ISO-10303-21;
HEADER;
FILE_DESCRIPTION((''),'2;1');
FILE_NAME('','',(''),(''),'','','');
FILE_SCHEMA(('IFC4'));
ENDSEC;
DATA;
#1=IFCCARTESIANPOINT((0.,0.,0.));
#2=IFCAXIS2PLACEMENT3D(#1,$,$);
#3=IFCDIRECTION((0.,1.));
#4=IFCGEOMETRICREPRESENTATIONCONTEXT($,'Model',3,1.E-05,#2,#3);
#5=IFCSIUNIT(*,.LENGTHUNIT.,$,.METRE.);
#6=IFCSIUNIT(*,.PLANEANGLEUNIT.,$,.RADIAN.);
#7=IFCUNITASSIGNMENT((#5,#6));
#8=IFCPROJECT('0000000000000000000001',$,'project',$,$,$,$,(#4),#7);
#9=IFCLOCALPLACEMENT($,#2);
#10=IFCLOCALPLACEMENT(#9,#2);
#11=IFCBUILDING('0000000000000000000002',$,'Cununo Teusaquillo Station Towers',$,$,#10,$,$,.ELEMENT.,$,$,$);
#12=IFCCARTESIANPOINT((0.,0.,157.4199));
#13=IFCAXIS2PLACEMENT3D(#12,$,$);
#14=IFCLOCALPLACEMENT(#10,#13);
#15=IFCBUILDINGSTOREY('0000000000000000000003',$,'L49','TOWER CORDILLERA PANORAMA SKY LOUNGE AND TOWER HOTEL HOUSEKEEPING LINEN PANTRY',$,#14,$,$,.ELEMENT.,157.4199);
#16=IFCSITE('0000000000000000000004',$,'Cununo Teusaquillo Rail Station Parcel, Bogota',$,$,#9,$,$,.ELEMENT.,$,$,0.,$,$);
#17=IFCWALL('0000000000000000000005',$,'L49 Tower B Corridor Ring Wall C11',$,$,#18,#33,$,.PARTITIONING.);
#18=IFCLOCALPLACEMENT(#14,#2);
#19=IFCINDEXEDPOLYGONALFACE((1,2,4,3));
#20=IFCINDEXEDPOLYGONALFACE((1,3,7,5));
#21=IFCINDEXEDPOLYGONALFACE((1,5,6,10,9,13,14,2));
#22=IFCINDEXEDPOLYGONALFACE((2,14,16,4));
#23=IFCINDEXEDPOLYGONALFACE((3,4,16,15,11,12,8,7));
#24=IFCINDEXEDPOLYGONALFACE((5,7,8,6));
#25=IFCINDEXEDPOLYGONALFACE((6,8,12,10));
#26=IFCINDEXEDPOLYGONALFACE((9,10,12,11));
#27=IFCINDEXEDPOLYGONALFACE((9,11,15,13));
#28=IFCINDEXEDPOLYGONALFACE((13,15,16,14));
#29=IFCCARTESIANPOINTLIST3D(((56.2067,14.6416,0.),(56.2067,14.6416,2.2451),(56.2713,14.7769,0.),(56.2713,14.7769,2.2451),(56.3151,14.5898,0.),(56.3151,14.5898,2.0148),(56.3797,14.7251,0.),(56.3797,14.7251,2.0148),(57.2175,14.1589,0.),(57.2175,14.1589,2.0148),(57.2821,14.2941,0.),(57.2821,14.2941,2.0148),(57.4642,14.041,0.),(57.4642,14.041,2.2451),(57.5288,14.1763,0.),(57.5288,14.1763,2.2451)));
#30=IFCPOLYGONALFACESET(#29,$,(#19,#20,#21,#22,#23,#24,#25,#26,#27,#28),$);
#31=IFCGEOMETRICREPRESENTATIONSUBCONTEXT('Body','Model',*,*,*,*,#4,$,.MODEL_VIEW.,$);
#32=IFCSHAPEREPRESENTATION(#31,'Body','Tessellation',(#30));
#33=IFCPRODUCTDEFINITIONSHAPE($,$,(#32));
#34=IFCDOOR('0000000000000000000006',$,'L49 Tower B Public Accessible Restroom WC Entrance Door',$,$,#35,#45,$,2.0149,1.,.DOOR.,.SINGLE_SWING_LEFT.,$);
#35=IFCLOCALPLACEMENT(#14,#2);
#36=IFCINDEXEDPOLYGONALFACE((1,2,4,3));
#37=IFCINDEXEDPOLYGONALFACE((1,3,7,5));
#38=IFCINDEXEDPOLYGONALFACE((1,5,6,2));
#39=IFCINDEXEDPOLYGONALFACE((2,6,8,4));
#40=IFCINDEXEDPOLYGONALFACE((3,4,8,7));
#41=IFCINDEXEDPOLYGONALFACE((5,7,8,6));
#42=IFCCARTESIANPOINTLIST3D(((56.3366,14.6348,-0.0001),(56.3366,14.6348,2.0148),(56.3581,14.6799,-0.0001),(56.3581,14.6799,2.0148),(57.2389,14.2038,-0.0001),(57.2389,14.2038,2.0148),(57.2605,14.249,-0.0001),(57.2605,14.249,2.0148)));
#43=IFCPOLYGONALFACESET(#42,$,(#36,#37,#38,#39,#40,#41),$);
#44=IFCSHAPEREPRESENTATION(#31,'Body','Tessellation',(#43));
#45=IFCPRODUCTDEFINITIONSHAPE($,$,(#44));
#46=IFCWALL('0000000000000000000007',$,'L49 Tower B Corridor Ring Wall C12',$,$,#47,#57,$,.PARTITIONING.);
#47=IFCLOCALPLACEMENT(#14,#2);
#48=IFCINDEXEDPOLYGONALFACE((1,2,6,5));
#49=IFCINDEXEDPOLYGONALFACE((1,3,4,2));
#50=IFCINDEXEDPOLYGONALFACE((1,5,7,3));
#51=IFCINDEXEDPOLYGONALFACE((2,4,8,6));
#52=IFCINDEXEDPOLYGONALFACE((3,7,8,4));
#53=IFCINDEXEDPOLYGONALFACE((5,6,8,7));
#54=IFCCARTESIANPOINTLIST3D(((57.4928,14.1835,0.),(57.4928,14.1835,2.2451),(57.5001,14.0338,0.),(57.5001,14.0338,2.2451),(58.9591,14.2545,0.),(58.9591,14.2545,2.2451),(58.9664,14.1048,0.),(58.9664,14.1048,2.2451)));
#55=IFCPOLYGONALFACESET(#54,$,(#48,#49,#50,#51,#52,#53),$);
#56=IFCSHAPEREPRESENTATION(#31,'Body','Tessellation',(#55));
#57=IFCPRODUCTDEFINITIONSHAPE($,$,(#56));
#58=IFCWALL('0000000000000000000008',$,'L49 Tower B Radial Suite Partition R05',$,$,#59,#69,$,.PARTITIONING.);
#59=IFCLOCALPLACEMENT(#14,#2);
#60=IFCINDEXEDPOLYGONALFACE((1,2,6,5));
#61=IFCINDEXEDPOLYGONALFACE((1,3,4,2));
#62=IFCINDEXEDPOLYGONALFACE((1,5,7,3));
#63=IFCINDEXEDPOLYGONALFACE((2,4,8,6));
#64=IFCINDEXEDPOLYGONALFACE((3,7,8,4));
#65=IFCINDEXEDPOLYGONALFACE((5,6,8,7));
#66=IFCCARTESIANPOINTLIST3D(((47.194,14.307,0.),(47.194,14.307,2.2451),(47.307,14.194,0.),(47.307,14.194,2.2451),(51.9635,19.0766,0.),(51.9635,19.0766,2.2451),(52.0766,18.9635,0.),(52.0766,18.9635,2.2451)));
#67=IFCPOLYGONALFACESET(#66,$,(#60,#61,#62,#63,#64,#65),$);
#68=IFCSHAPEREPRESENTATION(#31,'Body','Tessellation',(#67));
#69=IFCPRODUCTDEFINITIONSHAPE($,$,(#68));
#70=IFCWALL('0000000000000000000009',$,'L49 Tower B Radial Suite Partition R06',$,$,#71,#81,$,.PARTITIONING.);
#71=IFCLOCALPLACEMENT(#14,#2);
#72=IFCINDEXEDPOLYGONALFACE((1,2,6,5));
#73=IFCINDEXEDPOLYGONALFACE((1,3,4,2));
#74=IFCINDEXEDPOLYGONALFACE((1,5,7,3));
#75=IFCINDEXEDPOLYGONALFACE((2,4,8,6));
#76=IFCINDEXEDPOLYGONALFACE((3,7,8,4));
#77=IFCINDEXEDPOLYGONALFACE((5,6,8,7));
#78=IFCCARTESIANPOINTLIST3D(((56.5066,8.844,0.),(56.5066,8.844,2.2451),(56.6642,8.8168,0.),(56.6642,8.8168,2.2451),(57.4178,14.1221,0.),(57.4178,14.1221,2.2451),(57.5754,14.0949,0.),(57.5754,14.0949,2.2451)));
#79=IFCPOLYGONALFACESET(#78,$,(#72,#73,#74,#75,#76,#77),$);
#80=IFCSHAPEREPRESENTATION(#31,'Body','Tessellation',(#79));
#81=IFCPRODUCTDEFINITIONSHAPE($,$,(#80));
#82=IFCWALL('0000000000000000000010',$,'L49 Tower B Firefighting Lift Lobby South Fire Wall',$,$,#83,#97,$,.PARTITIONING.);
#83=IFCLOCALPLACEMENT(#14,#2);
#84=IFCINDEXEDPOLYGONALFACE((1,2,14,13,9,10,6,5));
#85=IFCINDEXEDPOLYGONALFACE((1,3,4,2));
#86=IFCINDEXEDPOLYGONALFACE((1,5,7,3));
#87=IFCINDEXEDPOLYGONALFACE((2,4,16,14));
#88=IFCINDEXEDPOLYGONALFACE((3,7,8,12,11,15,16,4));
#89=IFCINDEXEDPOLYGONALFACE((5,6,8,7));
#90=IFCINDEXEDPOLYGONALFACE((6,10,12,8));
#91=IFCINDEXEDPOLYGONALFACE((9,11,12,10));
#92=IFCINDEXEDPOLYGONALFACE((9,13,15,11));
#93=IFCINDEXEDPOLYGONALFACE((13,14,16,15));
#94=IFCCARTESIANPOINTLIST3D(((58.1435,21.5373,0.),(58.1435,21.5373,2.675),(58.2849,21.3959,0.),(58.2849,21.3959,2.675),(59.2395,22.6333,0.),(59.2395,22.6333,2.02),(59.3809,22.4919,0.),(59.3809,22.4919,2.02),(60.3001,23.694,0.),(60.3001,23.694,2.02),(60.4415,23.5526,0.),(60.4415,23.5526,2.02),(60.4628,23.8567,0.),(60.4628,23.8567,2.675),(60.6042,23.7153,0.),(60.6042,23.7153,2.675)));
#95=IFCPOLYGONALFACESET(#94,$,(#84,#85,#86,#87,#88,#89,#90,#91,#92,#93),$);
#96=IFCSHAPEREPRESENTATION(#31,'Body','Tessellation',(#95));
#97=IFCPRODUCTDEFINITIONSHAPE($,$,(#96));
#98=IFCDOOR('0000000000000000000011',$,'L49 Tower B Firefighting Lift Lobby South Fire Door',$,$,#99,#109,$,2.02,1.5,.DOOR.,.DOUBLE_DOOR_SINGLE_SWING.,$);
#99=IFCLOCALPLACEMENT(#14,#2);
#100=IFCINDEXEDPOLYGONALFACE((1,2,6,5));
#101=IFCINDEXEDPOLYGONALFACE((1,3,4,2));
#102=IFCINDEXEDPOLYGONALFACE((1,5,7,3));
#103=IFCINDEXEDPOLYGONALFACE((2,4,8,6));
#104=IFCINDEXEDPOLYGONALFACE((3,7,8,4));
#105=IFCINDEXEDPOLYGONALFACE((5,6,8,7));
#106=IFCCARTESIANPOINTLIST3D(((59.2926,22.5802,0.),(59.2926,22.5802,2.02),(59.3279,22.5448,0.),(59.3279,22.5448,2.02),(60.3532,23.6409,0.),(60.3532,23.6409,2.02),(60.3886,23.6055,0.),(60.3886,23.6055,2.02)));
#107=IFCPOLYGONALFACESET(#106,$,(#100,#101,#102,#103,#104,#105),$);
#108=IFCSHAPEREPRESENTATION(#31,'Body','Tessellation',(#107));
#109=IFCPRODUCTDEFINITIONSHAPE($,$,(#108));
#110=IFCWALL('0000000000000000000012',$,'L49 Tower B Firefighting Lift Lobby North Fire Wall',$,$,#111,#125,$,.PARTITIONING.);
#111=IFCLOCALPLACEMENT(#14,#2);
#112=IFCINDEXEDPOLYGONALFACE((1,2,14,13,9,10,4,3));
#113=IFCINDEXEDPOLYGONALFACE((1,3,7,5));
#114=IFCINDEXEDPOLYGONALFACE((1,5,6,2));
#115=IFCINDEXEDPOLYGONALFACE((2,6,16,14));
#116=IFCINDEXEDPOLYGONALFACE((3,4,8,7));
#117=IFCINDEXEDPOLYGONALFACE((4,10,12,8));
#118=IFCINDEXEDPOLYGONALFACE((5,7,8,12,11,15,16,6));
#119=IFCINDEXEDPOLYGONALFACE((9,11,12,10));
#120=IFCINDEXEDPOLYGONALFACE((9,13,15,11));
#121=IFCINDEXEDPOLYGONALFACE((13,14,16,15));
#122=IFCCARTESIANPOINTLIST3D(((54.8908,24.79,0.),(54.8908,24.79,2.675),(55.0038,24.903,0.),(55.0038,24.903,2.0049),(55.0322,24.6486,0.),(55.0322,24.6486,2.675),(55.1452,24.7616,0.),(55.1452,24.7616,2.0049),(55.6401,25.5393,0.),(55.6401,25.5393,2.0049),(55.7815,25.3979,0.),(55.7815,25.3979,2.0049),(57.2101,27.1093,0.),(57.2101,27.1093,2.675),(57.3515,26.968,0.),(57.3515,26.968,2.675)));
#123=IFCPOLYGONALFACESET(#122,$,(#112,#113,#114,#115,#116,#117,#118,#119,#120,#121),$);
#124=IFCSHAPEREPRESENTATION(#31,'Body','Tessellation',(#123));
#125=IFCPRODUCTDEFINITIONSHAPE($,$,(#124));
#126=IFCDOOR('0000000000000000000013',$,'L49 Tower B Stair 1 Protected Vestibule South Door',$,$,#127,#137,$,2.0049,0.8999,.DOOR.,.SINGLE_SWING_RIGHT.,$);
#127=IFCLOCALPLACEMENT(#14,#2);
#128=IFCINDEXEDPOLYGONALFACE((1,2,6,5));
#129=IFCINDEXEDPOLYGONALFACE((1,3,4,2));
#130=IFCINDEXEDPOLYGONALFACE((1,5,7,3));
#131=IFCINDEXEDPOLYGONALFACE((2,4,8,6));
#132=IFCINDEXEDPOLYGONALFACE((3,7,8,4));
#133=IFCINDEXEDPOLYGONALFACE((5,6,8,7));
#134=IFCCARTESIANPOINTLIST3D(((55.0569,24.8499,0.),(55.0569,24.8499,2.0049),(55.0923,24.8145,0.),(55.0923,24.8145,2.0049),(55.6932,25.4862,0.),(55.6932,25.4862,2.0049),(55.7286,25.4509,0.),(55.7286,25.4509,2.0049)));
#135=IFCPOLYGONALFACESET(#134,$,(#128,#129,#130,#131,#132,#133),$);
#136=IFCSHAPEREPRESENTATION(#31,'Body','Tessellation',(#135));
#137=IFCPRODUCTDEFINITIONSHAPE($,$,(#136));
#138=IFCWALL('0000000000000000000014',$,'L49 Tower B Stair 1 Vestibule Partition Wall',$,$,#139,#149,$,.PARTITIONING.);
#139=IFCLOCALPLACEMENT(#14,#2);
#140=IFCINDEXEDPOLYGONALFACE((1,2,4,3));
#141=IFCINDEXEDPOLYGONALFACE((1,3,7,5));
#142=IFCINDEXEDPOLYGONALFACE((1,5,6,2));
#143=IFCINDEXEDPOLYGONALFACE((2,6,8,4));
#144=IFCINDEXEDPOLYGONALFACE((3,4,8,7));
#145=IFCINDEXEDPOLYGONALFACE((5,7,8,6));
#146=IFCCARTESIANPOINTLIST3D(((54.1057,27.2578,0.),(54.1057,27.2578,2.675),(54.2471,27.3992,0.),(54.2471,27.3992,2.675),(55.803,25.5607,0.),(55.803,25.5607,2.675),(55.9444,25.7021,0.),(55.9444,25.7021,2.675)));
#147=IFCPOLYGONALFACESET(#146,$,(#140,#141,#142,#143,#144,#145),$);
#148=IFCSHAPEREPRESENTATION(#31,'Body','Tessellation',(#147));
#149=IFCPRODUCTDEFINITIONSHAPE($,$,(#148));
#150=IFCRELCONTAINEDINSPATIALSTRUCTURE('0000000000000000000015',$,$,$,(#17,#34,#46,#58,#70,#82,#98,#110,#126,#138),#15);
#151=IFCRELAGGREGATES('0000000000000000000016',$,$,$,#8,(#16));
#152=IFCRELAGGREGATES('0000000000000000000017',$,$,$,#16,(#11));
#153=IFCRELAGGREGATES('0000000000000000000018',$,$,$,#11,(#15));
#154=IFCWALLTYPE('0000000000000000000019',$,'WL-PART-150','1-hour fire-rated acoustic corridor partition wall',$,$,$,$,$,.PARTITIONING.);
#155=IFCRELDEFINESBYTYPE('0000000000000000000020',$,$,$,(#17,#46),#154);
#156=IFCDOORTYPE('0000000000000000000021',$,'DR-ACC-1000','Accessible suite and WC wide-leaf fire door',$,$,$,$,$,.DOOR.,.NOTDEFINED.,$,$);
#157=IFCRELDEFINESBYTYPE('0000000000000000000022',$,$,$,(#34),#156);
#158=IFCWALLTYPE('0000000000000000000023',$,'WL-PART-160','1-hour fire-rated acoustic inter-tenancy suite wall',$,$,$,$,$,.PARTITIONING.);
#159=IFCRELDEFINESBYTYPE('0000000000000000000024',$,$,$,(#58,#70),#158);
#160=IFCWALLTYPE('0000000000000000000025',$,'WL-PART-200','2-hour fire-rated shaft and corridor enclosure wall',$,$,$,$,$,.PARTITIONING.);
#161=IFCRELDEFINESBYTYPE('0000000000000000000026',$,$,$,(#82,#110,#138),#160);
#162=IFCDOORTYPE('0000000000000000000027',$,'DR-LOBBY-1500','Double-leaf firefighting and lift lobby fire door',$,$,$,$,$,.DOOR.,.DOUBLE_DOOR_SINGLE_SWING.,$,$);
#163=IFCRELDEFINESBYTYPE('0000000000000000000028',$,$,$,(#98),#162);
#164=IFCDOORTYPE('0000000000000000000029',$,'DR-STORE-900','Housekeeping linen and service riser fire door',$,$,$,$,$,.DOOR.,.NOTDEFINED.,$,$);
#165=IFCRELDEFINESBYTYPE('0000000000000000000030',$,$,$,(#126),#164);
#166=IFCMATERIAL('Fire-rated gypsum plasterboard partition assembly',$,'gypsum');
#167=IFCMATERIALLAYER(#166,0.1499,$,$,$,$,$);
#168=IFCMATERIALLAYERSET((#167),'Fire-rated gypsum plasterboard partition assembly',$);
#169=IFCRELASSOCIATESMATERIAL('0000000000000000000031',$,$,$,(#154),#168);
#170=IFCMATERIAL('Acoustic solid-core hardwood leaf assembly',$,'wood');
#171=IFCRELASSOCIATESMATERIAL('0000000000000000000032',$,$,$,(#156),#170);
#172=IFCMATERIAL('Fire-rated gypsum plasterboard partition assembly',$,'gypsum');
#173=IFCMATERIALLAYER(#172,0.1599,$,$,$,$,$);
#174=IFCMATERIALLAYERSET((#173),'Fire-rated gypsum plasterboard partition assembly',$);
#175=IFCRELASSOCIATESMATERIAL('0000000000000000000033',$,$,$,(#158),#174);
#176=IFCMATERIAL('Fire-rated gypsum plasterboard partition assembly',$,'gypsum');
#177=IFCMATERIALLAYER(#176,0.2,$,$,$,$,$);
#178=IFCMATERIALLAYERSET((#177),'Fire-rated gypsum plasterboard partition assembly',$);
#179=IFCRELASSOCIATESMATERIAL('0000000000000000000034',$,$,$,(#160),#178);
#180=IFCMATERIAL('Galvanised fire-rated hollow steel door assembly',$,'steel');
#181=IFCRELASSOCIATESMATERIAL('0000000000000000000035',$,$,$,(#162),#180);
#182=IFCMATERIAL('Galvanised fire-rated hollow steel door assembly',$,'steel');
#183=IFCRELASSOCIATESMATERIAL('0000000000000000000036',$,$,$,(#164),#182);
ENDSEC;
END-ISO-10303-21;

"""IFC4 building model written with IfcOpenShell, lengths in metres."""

from ifc_helpers import new_model, si_unit, direction, frame, frame_2d, origin, place, context, subcontext, project, spatial, rectangle, extrude, source, transform, mapped, material, layer, layer_set, type_object, element, fill, save


model = new_model("IFC4")

# Units and contexts
model_context = context("Model", 3, precision=1e-05, world=origin(), true_north=direction((0.0, 1.0)))
body_context = subcontext(model_context, "Body", "Model", "MODEL_VIEW")
ifc_project = project(units=[si_unit("LENGTHUNIT", "METRE"), si_unit("PLANEANGLEUNIT", "RADIAN")], contexts=[model_context])

# Site, building, storey
site_placement = place(None, origin())
site = spatial("IfcSite", under=ifc_project, at=site_placement, Name="Cununo Teusaquillo Rail Station Parcel, Bogota", CompositionType="ELEMENT", RefElevation=0.0)
building_placement = place(site_placement, origin())
building = spatial("IfcBuilding", under=site, at=building_placement, Name="Cununo Teusaquillo Station Towers", CompositionType="ELEMENT")
storey_placement = place(building_placement, frame((0.0, 0.0, 157.4199)))
storey = spatial("IfcBuildingStorey", under=building, at=storey_placement, Name="L49", Description="TOWER CORDILLERA PANORAMA SKY LOUNGE AND TOWER HOTEL HOUSEKEEPING LINEN PANTRY", CompositionType="ELEMENT", Elevation=157.4199)

# Shared definitions
ifc_material_1 = material(Name="Fire-rated gypsum plasterboard partition assembly", Category="gypsum")
ifc_layer_1 = layer(ifc_material_1, 0.1499)
ifc_layer_set_1 = layer_set([ifc_layer_1], Name="Fire-rated gypsum plasterboard partition assembly")
wall_type_1 = type_object("IfcWallType", Name="WL-PART-150", Description="1-hour fire-rated acoustic corridor partition wall", PredefinedType="PARTITIONING", material=ifc_layer_set_1)

# Wall, opening, door
wall_1_placement = place(storey_placement, frame((56.239, 14.7092, 0.0), z_axis=(0.0, 0.0, 1.0), x_axis=(0.902374, -0.430953, 0.0)))
wall_1 = element("IfcWall", 1, at=wall_1_placement, inside=storey, type_object=wall_type_1, Name="L49 Tower B Corridor Ring Wall C11", PredefinedType="PARTITIONING", context=body_context, shape_type="SweptSolid", body=[
    extrude(rectangle(XDim=1.3936, YDim=0.1499, at=frame_2d((0.6968, 0.0))), origin(), (0.0, 0.0, 1.0), 2.2451),
])
shared_shape_1 = source(origin(), body_context, "Body", "SweptSolid", [
    extrude(rectangle(XDim=1.0, YDim=2.0149, at=frame_2d((0.5, 1.0073))), frame((0.0, 0.085, 0.0), z_axis=(0.0, -1.0, 0.0), x_axis=(1.0, 0.0, 0.0)), (0.0, 0.0, 1.0), 0.1699),
])
opening_1_placement = place(wall_1_placement, frame((0.1201, 0.0, 0.0)))
opening_1 = element("IfcOpeningElement", 2, at=opening_1_placement, cuts=wall_1, PredefinedType="OPENING", context=body_context, shape_type="MappedRepresentation", body=[
    mapped(shared_shape_1, transform((0.0, 0.0, 0.0), x_axis=(1.0, 0.0, 0.0), y_axis=(0.0, 1.0, 0.0), z_axis=(0.0, 0.0, 1.0), scale=1.0)),
])
ifc_material_2 = material(Name="Acoustic solid-core hardwood leaf assembly", Category="wood")
door_type_1 = type_object("IfcDoorType", Name="DR-ACC-1000", Description="Accessible suite and WC wide-leaf fire door", OperationType="NOTDEFINED", PredefinedType="DOOR", material=ifc_material_2)
shared_shape_2 = source(origin(), body_context, "Body", "SweptSolid", [
    extrude(rectangle(XDim=1.0, YDim=2.0149, at=frame_2d((0.5, 1.0073))), frame((0.0, 0.0249, 0.0), z_axis=(0.0, -1.0, 0.0), x_axis=(1.0, 0.0, 0.0)), (0.0, 0.0, 1.0), 0.05),
])
door_1_placement = place(opening_1_placement, origin())
door_1 = element("IfcDoor", 3, at=door_1_placement, inside=storey, type_object=door_type_1, Name="L49 Tower B Public Accessible Restroom WC Entrance Door", OperationType="SINGLE_SWING_LEFT", OverallHeight=2.0149, OverallWidth=1.0, PredefinedType="DOOR", context=body_context, shape_type="MappedRepresentation", body=[
    mapped(shared_shape_2, transform((0.0, 0.0, 0.0), x_axis=(1.0, 0.0, 0.0), y_axis=(0.0, 1.0, 0.0), z_axis=(0.0, 0.0, 1.0), scale=1.0)),
])
fill(opening_1, door_1)

# Walls
wall_2_placement = place(storey_placement, frame((57.4966, 14.1086, 0.0), z_axis=(0.0, 0.0, 1.0), x_axis=(0.998828, 0.048395, 0.0)))
element("IfcWall", 4, at=wall_2_placement, inside=storey, type_object=wall_type_1, Name="L49 Tower B Corridor Ring Wall C12", PredefinedType="PARTITIONING", context=body_context, shape_type="SweptSolid", body=[
    extrude(rectangle(XDim=1.468, YDim=0.1499, at=frame_2d((0.7339, 0.0))), origin(), (0.0, 0.0, 1.0), 2.2451),
])
ifc_material_3 = material(Name="Fire-rated gypsum plasterboard partition assembly", Category="gypsum")
ifc_layer_2 = layer(ifc_material_3, 0.1599)
ifc_layer_set_2 = layer_set([ifc_layer_2], Name="Fire-rated gypsum plasterboard partition assembly")
wall_type_2 = type_object("IfcWallType", Name="WL-PART-160", Description="1-hour fire-rated acoustic inter-tenancy suite wall", PredefinedType="PARTITIONING", material=ifc_layer_set_2)
wall_3_placement = place(storey_placement, frame((52.02, 19.02, 0.0), z_axis=(0.0, 0.0, 1.0), x_axis=(-0.707107, -0.707107, 0.0)))
element("IfcWall", 5, at=wall_3_placement, inside=storey, type_object=wall_type_2, Name="L49 Tower B Radial Suite Partition R05", PredefinedType="PARTITIONING", context=body_context, shape_type="SweptSolid", body=[
    extrude(rectangle(XDim=6.7451, YDim=0.1599, at=frame_2d((3.3726, 0.0))), origin(), (0.0, 0.0, 1.0), 2.2451),
])
wall_4_placement = place(storey_placement, frame((57.4966, 14.1086, 0.0), z_axis=(0.0, 0.0, 1.0), x_axis=(-0.17011, -0.985425, 0.0)))
element("IfcWall", 6, at=wall_4_placement, inside=storey, type_object=wall_type_2, Name="L49 Tower B Radial Suite Partition R06", PredefinedType="PARTITIONING", context=body_context, shape_type="SweptSolid", body=[
    extrude(rectangle(XDim=5.3562, YDim=0.1599, at=frame_2d((2.6782, 0.0))), origin(), (0.0, 0.0, 1.0), 2.2451),
])

# Walls, openings, doors
ifc_material_4 = material(Name="Fire-rated gypsum plasterboard partition assembly", Category="gypsum")
ifc_layer_3 = layer(ifc_material_4, 0.2)
ifc_layer_set_3 = layer_set([ifc_layer_3], Name="Fire-rated gypsum plasterboard partition assembly")
wall_type_3 = type_object("IfcWallType", Name="WL-PART-200", Description="2-hour fire-rated shaft and corridor enclosure wall", PredefinedType="PARTITIONING", material=ifc_layer_set_3)
wall_5_placement = place(storey_placement, frame((58.2141, 21.4666, 0.0), z_axis=(0.0, 0.0, 1.0), x_axis=(0.707107, 0.707107, 0.0)))
wall_5 = element("IfcWall", 7, at=wall_5_placement, inside=storey, type_object=wall_type_3, Name="L49 Tower B Firefighting Lift Lobby South Fire Wall", PredefinedType="PARTITIONING", context=body_context, shape_type="SweptSolid", body=[
    extrude(rectangle(XDim=3.28, YDim=0.2, at=frame_2d((1.6401, 0.0))), origin(), (0.0, 0.0, 1.0), 2.675),
])
shared_shape_3 = source(origin(), body_context, "Body", "SweptSolid", [
    extrude(rectangle(XDim=1.5, YDim=2.02, at=frame_2d((0.75, 1.01))), frame((0.0, 0.1099, 0.0), z_axis=(0.0, -1.0, 0.0), x_axis=(1.0, 0.0, 0.0)), (0.0, 0.0, 1.0), 0.22),
])
opening_2_placement = place(wall_5_placement, frame((1.55, 0.0, 0.0)))
opening_2 = element("IfcOpeningElement", 8, at=opening_2_placement, cuts=wall_5, PredefinedType="OPENING", context=body_context, shape_type="MappedRepresentation", body=[
    mapped(shared_shape_3, transform((0.0, 0.0, 0.0), x_axis=(1.0, 0.0, 0.0), y_axis=(0.0, 1.0, 0.0), z_axis=(0.0, 0.0, 1.0), scale=1.0)),
])
ifc_material_5 = material(Name="Galvanised fire-rated hollow steel door assembly", Category="steel")
door_type_2 = type_object("IfcDoorType", Name="DR-LOBBY-1500", Description="Double-leaf firefighting and lift lobby fire door", OperationType="DOUBLE_DOOR_SINGLE_SWING", PredefinedType="DOOR", material=ifc_material_5)
shared_shape_4 = source(origin(), body_context, "Body", "SweptSolid", [
    extrude(rectangle(XDim=1.5, YDim=2.02, at=frame_2d((0.75, 1.01))), frame((0.0, 0.0249, 0.0), z_axis=(0.0, -1.0, 0.0), x_axis=(1.0, 0.0, 0.0)), (0.0, 0.0, 1.0), 0.05),
])
door_2_placement = place(opening_2_placement, origin())
door_2 = element("IfcDoor", 9, at=door_2_placement, inside=storey, type_object=door_type_2, Name="L49 Tower B Firefighting Lift Lobby South Fire Door", OperationType="DOUBLE_DOOR_SINGLE_SWING", OverallHeight=2.02, OverallWidth=1.5, PredefinedType="DOOR", context=body_context, shape_type="MappedRepresentation", body=[
    mapped(shared_shape_4, transform((0.0, 0.0, 0.0), x_axis=(1.0, 0.0, 0.0), y_axis=(0.0, 1.0, 0.0), z_axis=(0.0, 0.0, 1.0), scale=1.0)),
])
fill(opening_2, door_2)
wall_6_placement = place(storey_placement, frame((54.9614, 24.7192, 0.0), z_axis=(0.0, 0.0, 1.0), x_axis=(0.707107, 0.707107, 0.0)))
wall_6 = element("IfcWall", 10, at=wall_6_placement, inside=storey, type_object=wall_type_3, Name="L49 Tower B Firefighting Lift Lobby North Fire Wall", PredefinedType="PARTITIONING", context=body_context, shape_type="SweptSolid", body=[
    extrude(rectangle(XDim=3.28, YDim=0.2, at=frame_2d((1.6401, 0.0))), origin(), (0.0, 0.0, 1.0), 2.675),
])
shared_shape_5 = source(origin(), body_context, "Body", "SweptSolid", [
    extrude(rectangle(XDim=0.8999, YDim=2.0049, at=frame_2d((0.45, 1.0024))), frame((0.0, 0.1099, 0.0), z_axis=(0.0, -1.0, 0.0), x_axis=(1.0, 0.0, 0.0)), (0.0, 0.0, 1.0), 0.22),
])
opening_3_placement = place(wall_6_placement, frame((0.1599, 0.0, 0.0)))
opening_3 = element("IfcOpeningElement", 11, at=opening_3_placement, cuts=wall_6, PredefinedType="OPENING", context=body_context, shape_type="MappedRepresentation", body=[
    mapped(shared_shape_5, transform((0.0, 0.0, 0.0), x_axis=(1.0, 0.0, 0.0), y_axis=(0.0, 1.0, 0.0), z_axis=(0.0, 0.0, 1.0), scale=1.0)),
])
ifc_material_6 = material(Name="Galvanised fire-rated hollow steel door assembly", Category="steel")
door_type_3 = type_object("IfcDoorType", Name="DR-STORE-900", Description="Housekeeping linen and service riser fire door", OperationType="NOTDEFINED", PredefinedType="DOOR", material=ifc_material_6)
shared_shape_6 = source(origin(), body_context, "Body", "SweptSolid", [
    extrude(rectangle(XDim=0.8999, YDim=2.0049, at=frame_2d((0.45, 1.0024))), frame((0.0, 0.0249, 0.0), z_axis=(0.0, -1.0, 0.0), x_axis=(1.0, 0.0, 0.0)), (0.0, 0.0, 1.0), 0.05),
])
door_3_placement = place(opening_3_placement, origin())
door_3 = element("IfcDoor", 12, at=door_3_placement, inside=storey, type_object=door_type_3, Name="L49 Tower B Stair 1 Protected Vestibule South Door", OperationType="SINGLE_SWING_RIGHT", OverallHeight=2.0049, OverallWidth=0.8999, PredefinedType="DOOR", context=body_context, shape_type="MappedRepresentation", body=[
    mapped(shared_shape_6, transform((0.0, 0.0, 0.0), x_axis=(1.0, 0.0, 0.0), y_axis=(0.0, 1.0, 0.0), z_axis=(0.0, 0.0, 1.0), scale=1.0)),
])
fill(opening_3, door_3)

# Wall
wall_7_placement = place(storey_placement, frame((55.8738, 25.6313, 0.0), z_axis=(0.0, 0.0, 1.0), x_axis=(-0.707158, 0.707056, 0.0)))
element("IfcWall", 13, at=wall_7_placement, inside=storey, type_object=wall_type_3, Name="L49 Tower B Stair 1 Vestibule Partition Wall", PredefinedType="PARTITIONING", context=body_context, shape_type="SweptSolid", body=[
    extrude(rectangle(XDim=2.4001, YDim=0.2, at=frame_2d((1.2002, 0.0))), origin(), (0.0, 0.0, 1.0), 2.675),
])

save(model, "model.ifc")
